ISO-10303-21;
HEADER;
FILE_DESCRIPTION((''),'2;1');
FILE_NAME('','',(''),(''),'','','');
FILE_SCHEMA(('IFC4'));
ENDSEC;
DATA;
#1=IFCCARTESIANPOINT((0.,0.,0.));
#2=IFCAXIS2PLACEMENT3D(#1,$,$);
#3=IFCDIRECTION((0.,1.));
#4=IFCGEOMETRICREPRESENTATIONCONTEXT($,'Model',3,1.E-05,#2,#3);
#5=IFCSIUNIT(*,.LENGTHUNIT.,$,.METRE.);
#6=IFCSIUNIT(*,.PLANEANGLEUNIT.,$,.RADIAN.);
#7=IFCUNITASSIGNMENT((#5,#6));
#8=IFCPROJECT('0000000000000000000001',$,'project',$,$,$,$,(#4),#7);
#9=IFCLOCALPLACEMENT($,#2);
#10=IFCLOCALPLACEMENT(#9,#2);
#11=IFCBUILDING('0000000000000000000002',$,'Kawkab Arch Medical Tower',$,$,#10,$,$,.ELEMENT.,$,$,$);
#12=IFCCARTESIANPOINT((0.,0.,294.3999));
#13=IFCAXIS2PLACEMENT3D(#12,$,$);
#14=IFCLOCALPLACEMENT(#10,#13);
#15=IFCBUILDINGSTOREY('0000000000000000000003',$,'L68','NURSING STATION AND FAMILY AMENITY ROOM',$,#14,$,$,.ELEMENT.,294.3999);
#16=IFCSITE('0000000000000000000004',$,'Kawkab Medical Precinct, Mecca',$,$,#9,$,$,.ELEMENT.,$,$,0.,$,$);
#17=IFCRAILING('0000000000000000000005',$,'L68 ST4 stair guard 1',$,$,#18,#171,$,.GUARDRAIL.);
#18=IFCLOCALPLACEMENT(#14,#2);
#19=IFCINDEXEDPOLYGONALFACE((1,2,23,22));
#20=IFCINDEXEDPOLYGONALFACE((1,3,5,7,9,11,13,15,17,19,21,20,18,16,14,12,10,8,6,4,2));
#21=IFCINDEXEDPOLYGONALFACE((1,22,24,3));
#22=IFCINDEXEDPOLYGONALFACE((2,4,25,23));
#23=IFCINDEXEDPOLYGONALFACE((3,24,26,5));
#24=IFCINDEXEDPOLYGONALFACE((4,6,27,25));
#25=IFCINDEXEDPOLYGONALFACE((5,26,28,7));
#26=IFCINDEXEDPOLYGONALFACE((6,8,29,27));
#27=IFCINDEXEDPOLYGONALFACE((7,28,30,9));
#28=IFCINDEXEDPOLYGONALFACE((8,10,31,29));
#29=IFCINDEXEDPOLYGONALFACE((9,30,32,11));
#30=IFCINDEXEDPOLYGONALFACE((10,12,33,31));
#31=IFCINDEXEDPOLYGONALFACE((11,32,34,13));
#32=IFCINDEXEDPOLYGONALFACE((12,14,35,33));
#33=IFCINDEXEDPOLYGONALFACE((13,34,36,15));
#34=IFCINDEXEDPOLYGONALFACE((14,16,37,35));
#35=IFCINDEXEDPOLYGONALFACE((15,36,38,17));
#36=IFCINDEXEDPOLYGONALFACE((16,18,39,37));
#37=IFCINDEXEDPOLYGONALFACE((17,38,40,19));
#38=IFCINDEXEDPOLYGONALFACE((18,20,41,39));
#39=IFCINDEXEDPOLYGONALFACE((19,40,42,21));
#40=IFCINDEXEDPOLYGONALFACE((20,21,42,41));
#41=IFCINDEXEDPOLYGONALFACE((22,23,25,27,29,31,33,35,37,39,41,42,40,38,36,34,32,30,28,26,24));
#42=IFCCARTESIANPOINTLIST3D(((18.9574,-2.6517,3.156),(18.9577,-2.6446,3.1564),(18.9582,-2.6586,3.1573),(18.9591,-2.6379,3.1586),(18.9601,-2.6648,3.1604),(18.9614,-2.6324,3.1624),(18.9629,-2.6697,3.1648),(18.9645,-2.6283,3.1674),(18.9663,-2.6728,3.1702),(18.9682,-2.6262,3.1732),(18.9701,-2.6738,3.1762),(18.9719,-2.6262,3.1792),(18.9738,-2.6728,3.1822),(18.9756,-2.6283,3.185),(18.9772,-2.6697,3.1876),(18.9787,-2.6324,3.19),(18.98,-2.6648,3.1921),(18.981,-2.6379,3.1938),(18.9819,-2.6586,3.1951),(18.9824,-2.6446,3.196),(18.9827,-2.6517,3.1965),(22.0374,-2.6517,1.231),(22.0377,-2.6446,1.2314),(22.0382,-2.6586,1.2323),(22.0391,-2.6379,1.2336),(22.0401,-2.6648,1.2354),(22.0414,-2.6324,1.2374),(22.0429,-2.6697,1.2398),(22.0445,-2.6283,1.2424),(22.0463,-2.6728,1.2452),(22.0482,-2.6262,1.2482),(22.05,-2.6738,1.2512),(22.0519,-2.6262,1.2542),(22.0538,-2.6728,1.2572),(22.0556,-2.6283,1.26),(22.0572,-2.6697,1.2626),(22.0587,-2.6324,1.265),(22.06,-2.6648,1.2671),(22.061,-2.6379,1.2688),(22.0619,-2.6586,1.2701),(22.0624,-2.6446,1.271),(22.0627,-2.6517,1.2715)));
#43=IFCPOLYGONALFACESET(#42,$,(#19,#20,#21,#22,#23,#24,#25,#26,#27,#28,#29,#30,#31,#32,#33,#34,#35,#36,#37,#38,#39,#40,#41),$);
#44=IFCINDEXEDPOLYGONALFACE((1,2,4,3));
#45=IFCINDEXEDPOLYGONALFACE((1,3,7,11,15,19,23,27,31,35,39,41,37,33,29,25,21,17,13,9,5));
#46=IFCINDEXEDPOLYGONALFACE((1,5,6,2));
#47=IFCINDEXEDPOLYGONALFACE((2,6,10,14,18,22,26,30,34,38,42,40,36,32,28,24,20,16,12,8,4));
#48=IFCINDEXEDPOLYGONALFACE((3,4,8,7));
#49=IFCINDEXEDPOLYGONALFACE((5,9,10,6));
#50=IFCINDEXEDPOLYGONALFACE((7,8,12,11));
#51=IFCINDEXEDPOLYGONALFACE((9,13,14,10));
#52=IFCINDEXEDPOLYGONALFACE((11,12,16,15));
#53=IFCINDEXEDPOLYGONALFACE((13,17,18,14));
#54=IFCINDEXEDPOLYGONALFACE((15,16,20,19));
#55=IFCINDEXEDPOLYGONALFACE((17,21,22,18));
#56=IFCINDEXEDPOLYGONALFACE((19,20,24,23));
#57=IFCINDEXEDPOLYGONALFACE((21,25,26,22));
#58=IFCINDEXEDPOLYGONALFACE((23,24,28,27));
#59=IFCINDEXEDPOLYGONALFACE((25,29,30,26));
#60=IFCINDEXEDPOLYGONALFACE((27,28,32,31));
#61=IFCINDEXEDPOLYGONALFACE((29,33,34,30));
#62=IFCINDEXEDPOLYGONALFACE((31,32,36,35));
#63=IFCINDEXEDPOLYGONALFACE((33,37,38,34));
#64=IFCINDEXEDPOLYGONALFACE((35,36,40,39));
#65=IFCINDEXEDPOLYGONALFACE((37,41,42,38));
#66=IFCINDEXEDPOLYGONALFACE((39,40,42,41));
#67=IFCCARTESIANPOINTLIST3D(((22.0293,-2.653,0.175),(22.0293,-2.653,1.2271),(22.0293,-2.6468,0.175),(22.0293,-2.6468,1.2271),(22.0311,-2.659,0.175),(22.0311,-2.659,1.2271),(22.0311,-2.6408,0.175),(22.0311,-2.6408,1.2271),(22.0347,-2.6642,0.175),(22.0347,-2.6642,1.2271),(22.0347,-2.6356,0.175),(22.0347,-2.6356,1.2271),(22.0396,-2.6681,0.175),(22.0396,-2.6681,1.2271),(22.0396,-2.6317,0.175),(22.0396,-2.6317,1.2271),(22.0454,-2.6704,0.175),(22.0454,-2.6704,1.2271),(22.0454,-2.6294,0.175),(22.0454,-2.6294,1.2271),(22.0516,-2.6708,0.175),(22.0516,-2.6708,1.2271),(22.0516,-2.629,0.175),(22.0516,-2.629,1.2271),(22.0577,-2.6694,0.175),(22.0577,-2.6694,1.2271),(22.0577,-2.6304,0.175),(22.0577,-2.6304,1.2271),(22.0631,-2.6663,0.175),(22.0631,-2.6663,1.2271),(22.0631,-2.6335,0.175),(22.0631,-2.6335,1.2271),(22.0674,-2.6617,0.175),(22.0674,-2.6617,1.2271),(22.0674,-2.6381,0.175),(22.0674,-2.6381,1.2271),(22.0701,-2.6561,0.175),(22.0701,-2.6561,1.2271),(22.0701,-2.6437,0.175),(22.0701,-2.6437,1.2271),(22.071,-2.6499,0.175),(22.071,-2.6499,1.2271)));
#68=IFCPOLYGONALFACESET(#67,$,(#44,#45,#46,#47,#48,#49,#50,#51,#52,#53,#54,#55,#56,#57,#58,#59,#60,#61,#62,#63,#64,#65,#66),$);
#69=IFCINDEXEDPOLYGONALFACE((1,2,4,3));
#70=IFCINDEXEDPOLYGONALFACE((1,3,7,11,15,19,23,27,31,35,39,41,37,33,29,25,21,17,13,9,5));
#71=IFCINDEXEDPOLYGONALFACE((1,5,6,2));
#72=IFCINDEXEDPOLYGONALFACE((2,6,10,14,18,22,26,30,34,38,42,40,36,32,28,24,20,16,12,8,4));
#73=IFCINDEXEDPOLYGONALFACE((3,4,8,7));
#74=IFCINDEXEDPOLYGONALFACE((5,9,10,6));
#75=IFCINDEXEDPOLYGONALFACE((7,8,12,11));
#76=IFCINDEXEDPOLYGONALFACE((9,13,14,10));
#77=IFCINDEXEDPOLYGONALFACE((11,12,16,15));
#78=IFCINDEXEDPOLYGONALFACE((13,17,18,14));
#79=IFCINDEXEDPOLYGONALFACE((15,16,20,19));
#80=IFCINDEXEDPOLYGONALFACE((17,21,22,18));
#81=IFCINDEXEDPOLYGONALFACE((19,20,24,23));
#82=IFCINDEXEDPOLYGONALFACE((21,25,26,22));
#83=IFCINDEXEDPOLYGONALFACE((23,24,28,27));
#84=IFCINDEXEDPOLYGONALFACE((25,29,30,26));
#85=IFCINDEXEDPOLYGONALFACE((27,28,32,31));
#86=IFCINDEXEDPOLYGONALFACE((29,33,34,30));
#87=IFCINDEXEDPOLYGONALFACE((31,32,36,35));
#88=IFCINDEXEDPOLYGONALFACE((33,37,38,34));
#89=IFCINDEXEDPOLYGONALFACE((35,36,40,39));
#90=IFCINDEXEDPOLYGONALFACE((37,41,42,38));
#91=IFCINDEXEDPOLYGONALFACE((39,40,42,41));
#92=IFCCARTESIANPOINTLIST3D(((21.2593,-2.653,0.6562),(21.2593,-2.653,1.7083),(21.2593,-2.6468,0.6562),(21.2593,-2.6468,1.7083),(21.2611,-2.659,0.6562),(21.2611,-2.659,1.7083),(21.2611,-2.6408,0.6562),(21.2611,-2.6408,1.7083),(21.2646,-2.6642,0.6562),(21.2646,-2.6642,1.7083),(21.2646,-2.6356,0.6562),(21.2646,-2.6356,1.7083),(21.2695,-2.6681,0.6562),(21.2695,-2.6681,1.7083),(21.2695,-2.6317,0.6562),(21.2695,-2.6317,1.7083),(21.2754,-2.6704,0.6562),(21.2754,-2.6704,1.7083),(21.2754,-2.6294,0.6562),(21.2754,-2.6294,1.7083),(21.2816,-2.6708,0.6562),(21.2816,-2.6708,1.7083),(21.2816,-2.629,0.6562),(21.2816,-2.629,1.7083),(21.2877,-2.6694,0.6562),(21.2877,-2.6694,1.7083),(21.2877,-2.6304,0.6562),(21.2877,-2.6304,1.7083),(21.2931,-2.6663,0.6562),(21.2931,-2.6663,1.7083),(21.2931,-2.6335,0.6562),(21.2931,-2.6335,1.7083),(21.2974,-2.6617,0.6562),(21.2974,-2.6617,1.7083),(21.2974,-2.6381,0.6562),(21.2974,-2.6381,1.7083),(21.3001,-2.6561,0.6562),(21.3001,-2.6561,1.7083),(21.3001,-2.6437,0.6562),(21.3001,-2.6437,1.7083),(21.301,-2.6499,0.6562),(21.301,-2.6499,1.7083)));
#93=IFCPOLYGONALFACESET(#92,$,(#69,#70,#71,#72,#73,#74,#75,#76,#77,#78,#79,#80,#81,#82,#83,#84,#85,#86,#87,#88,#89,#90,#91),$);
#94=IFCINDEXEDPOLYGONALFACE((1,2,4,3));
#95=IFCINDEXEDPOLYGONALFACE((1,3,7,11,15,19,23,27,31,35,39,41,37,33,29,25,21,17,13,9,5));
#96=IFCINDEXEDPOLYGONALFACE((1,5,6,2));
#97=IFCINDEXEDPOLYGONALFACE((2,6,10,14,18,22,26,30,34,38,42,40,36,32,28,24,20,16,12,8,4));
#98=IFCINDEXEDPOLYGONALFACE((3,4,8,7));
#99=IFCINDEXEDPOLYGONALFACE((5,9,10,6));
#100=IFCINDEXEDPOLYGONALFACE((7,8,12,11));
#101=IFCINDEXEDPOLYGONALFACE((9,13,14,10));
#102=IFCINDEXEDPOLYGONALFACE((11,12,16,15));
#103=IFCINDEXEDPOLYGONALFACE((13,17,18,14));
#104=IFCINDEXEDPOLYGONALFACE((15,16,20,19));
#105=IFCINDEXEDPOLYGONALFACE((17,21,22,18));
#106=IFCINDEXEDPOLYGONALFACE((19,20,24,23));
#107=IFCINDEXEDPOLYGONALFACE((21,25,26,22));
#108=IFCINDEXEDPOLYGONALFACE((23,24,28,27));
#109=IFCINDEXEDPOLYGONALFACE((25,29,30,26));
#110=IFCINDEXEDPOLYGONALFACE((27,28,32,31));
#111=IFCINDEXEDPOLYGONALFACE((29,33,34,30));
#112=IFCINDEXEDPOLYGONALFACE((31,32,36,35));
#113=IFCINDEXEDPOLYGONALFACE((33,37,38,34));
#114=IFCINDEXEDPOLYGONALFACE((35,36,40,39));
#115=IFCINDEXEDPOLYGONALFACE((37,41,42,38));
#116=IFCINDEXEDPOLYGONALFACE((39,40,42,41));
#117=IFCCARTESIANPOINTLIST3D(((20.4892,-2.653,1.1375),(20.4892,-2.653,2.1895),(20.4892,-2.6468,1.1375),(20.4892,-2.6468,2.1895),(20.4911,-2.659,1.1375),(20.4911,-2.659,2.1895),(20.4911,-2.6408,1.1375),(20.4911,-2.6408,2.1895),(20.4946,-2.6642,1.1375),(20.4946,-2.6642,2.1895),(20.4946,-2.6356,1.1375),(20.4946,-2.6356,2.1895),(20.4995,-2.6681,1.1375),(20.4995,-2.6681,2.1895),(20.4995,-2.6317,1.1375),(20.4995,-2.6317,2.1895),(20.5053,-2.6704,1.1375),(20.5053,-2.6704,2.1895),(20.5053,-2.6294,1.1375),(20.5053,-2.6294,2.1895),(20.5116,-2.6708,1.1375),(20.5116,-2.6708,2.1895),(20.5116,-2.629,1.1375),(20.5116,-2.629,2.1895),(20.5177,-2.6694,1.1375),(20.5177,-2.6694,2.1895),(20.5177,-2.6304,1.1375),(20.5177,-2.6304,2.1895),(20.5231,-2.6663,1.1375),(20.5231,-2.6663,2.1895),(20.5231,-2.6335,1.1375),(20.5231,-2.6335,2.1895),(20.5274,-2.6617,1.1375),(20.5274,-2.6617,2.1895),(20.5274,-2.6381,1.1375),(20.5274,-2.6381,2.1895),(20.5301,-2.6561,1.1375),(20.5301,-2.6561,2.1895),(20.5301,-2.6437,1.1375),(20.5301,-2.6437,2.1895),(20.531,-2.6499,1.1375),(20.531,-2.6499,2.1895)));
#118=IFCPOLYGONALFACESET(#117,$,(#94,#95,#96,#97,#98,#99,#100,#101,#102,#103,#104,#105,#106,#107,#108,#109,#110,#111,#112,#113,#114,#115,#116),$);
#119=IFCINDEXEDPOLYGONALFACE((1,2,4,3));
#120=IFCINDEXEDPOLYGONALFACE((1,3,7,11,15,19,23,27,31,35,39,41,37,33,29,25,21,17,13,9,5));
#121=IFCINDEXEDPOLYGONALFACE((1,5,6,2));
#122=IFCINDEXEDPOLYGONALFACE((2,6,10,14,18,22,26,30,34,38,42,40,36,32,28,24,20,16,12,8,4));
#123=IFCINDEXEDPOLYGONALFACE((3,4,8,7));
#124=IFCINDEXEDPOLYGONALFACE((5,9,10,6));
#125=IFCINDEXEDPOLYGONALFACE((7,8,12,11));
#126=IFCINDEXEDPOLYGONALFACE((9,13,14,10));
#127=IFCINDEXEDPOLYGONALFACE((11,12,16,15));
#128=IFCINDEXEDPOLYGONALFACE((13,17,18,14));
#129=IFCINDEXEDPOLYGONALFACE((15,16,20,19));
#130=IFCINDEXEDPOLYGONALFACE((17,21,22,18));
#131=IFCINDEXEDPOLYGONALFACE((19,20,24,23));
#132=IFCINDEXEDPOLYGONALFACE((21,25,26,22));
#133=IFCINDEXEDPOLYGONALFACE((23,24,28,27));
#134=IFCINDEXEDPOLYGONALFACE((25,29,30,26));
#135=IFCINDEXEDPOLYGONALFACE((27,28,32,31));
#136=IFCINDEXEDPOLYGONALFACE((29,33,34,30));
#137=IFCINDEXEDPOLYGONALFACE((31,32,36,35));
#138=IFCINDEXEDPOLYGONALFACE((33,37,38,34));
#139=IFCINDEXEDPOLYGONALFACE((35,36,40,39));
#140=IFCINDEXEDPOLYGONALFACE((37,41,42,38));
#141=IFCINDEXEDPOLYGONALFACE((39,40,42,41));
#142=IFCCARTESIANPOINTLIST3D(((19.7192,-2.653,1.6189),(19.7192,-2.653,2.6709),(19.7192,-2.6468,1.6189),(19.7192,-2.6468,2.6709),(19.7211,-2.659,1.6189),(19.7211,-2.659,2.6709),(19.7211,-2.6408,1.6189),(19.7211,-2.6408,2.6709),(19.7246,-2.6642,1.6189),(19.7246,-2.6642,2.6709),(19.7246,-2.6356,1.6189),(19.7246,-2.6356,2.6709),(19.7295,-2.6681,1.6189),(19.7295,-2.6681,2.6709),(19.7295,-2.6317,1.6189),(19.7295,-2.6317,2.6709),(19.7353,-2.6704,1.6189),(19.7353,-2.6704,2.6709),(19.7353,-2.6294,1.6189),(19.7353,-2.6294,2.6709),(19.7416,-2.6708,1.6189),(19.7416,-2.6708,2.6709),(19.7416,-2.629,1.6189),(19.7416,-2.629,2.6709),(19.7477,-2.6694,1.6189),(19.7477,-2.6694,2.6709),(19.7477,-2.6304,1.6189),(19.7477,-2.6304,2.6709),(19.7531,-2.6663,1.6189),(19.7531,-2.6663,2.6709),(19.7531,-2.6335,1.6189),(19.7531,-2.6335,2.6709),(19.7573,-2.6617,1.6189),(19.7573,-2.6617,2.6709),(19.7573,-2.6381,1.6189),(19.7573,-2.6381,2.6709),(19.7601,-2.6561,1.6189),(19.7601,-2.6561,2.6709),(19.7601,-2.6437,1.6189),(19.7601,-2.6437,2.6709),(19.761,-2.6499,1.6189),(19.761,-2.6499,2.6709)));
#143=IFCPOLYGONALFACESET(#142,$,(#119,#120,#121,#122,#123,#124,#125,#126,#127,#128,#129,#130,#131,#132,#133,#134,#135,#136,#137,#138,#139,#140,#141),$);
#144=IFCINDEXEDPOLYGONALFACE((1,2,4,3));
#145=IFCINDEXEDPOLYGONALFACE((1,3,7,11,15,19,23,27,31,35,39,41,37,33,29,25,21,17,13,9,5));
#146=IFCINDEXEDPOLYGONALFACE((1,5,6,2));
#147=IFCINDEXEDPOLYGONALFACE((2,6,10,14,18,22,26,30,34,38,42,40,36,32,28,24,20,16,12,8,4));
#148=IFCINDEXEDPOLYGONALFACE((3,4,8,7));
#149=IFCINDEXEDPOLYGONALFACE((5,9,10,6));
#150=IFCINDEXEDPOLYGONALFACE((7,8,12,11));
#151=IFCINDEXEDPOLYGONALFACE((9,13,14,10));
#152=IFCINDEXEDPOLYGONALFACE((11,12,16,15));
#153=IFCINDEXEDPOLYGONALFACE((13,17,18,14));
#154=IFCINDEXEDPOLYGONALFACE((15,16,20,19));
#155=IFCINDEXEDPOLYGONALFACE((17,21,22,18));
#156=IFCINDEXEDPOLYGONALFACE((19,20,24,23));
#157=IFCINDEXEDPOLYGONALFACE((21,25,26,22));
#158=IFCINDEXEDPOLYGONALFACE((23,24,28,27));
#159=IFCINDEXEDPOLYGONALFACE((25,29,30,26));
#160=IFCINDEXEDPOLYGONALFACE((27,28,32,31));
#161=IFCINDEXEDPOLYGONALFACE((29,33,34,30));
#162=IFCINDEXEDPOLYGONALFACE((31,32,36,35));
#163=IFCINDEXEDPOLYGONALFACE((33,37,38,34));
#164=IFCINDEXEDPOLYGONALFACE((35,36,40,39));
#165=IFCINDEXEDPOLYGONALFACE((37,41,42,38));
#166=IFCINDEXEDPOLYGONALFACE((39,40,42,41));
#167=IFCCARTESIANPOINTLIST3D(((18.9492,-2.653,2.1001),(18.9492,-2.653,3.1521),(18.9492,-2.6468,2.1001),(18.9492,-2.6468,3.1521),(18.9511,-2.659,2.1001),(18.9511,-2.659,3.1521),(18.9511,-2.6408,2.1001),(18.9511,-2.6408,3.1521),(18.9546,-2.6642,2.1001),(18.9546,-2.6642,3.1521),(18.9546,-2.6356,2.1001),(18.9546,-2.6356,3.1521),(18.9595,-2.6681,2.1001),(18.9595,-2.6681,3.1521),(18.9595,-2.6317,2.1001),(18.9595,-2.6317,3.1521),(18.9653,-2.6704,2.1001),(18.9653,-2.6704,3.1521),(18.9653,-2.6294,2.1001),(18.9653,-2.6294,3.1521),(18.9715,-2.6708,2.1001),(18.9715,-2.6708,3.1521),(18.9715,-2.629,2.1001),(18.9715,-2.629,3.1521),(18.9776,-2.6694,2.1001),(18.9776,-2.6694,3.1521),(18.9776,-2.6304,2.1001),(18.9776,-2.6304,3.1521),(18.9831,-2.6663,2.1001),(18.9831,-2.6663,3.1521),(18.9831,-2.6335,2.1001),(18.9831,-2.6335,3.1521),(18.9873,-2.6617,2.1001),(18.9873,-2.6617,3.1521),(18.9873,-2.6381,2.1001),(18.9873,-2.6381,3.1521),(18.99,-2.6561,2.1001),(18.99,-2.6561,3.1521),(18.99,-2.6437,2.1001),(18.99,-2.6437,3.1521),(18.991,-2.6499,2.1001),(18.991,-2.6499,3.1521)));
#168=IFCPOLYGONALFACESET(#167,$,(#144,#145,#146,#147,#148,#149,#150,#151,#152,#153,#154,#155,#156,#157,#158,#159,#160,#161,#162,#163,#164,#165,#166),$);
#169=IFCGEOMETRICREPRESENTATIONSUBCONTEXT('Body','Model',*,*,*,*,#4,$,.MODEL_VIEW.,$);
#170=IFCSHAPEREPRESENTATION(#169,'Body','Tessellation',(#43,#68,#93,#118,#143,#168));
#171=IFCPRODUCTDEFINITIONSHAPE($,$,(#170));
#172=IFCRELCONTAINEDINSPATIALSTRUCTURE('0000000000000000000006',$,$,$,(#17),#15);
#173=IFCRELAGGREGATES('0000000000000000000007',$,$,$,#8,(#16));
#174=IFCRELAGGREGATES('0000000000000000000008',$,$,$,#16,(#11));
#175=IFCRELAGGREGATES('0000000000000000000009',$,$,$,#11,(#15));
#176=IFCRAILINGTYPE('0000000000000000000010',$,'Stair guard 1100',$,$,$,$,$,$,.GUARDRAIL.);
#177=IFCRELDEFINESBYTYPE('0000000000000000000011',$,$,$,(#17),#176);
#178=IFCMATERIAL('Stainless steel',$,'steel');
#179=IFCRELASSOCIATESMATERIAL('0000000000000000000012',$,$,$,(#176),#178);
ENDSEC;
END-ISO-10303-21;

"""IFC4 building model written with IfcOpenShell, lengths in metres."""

from ifc_helpers import new_model, si_unit, direction, frame, origin, origin_2d, place, context, subcontext, project, spatial, circle, extrude, material, type_object, element, save


model = new_model("IFC4")

# Units and contexts
model_context = context("Model", 3, precision=1e-05, world=origin(), true_north=direction((0.0, 1.0)))
body_context = subcontext(model_context, "Body", "Model", "MODEL_VIEW")
ifc_project = project(units=[si_unit("LENGTHUNIT", "METRE"), si_unit("PLANEANGLEUNIT", "RADIAN")], contexts=[model_context])

# Site, building, storey
site_placement = place(None, origin())
site = spatial("IfcSite", under=ifc_project, at=site_placement, Name="Kawkab Medical Precinct, Mecca", CompositionType="ELEMENT", RefElevation=0.0)
building_placement = place(site_placement, origin())
building = spatial("IfcBuilding", under=site, at=building_placement, Name="Kawkab Arch Medical Tower", CompositionType="ELEMENT")
storey_placement = place(building_placement, frame((0.0, 0.0, 294.3999)))
storey = spatial("IfcBuildingStorey", under=building, at=storey_placement, Name="L68", Description="NURSING STATION AND FAMILY AMENITY ROOM", CompositionType="ELEMENT", Elevation=294.3999)

# Railing
ifc_material_1 = material(Name="Stainless steel", Category="steel")
railing_type_1 = type_object("IfcRailingType", Name="Stair guard 1100", PredefinedType="GUARDRAIL", material=ifc_material_1)
railing_1_placement = place(storey_placement, frame((22.05, -2.6499, 0.175)))
element("IfcRailing", 1, at=railing_1_placement, inside=storey, type_object=railing_type_1, Name="L68 ST4 stair guard 1", PredefinedType="GUARDRAIL", context=body_context, shape_type="SweptSolid", body=[
    extrude(circle(Radius=0.0239, at=origin_2d()), frame((0.0, 0.0, 1.0762), z_axis=(-0.847998, 0.0, 0.529999), x_axis=(0.0, -1.0, 0.0)), (0.0, 0.0, 1.0), 3.6321),
    extrude(circle(Radius=0.021, at=origin_2d()), origin(), (0.0, 0.0, 1.0), 1.052),
    extrude(circle(Radius=0.021, at=origin_2d()), frame((-0.77, 0.0, 0.4812)), (0.0, 0.0, 1.0), 1.052),
    extrude(circle(Radius=0.021, at=origin_2d()), frame((-1.54, 0.0, 0.9624)), (0.0, 0.0, 1.0), 1.052),
    extrude(circle(Radius=0.021, at=origin_2d()), frame((-2.3101, 0.0, 1.4438)), (0.0, 0.0, 1.0), 1.052),
    extrude(circle(Radius=0.021, at=origin_2d()), frame((-3.0801, 0.0, 1.925)), (0.0, 0.0, 1.0), 1.052),
])

save(model, "model.ifc")
